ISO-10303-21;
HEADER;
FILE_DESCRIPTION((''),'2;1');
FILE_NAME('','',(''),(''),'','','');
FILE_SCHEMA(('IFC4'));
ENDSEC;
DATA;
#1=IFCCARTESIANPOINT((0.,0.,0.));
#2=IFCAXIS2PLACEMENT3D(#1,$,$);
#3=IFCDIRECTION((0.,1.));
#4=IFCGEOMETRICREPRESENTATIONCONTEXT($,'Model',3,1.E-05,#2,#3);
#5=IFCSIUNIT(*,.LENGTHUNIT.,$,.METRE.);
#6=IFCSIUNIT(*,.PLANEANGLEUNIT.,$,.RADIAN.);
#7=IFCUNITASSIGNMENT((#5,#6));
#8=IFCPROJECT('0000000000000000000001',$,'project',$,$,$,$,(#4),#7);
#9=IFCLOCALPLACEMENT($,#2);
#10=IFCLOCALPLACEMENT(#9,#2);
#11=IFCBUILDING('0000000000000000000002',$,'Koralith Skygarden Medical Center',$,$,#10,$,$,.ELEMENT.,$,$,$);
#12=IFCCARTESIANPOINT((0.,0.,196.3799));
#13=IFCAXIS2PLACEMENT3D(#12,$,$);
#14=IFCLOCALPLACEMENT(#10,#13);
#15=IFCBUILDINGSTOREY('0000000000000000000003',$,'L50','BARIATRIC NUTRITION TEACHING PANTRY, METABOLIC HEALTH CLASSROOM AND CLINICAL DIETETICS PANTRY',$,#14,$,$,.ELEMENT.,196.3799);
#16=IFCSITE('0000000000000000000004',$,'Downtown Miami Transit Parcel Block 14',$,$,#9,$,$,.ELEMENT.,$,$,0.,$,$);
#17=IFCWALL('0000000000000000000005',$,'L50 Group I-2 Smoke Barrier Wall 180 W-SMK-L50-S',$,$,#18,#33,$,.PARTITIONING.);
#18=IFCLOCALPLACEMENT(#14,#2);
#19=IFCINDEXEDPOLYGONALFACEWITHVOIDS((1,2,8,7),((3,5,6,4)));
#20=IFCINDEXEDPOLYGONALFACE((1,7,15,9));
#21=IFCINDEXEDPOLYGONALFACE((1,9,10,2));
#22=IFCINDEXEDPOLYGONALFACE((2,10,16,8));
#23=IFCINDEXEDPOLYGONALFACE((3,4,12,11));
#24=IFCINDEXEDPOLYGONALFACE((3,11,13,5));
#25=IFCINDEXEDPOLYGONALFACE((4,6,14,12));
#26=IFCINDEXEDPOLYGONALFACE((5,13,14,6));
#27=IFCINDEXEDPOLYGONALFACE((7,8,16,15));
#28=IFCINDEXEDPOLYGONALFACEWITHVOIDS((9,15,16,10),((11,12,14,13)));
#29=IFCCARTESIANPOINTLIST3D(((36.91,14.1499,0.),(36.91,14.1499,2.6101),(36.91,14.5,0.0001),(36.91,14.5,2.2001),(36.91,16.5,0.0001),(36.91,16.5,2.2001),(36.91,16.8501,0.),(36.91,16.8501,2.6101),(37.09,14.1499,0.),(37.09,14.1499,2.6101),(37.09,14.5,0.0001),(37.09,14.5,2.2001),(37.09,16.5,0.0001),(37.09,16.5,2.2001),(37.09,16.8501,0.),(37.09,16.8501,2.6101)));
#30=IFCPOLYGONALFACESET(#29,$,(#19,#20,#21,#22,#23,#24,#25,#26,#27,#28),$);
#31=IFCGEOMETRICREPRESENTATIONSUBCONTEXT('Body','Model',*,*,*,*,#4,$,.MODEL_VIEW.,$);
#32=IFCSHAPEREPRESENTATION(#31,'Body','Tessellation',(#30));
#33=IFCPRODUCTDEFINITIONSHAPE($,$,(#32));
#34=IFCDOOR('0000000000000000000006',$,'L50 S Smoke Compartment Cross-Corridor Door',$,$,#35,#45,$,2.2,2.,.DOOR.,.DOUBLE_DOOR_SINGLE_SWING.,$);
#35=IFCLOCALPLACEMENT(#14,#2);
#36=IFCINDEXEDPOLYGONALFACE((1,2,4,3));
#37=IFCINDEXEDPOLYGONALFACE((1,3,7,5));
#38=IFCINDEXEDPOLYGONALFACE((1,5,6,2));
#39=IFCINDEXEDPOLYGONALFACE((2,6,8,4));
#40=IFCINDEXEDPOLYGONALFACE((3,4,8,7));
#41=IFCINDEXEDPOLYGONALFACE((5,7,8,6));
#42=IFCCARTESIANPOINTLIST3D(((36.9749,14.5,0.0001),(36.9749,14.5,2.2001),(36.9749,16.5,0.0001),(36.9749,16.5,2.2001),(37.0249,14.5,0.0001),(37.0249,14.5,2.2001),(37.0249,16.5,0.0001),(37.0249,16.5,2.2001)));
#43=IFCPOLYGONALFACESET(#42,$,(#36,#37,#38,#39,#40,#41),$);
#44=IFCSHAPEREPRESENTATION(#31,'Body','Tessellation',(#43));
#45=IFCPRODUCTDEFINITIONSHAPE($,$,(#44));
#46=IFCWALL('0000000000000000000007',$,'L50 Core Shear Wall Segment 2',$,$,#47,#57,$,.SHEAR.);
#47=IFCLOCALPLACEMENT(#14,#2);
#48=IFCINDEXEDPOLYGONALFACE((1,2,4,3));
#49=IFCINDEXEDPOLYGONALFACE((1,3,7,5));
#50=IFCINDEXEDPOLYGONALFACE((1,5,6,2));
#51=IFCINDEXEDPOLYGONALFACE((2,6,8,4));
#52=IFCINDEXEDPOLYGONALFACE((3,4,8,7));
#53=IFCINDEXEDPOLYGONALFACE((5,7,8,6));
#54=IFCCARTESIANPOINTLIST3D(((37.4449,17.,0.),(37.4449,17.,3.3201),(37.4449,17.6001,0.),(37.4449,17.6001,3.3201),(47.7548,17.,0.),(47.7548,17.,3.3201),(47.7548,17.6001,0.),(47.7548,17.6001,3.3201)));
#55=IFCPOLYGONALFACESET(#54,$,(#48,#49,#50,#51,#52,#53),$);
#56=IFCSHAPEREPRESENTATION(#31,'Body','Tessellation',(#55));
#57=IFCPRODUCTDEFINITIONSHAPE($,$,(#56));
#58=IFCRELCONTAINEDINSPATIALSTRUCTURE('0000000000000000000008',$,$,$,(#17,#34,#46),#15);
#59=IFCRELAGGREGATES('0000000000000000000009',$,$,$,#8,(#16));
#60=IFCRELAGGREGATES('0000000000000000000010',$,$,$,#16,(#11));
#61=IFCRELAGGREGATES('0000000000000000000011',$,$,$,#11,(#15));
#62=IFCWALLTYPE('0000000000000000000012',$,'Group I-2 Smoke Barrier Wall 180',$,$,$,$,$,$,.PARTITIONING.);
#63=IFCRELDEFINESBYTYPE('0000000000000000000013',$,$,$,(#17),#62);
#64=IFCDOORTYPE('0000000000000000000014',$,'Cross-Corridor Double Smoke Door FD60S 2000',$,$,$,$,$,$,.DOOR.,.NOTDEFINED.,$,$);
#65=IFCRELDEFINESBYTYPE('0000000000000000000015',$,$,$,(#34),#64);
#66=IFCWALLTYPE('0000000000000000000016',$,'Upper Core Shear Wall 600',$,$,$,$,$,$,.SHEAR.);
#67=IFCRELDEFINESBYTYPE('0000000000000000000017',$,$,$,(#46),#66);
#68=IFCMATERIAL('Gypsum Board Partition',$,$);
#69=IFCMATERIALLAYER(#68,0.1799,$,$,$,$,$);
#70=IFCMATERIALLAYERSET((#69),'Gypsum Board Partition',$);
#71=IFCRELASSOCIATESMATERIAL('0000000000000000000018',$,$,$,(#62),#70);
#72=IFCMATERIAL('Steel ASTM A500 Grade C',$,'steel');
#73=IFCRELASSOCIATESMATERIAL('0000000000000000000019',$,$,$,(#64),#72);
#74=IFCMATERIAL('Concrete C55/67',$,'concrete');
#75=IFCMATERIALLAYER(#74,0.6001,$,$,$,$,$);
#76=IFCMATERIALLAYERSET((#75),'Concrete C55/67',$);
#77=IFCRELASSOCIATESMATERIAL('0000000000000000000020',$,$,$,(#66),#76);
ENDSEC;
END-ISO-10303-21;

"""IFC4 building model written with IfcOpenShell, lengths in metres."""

from ifc_helpers import new_model, si_unit, direction, frame, frame_2d, origin, place, context, subcontext, project, spatial, rectangle, extrude, material, layer, layer_set, type_object, element, fill, save


model = new_model("IFC4")

# Units and contexts
model_context = context("Model", 3, precision=1e-05, world=origin(), true_north=direction((0.0, 1.0)))
body_context = subcontext(model_context, "Body", "Model", "MODEL_VIEW")
ifc_project = project(units=[si_unit("LENGTHUNIT", "METRE"), si_unit("PLANEANGLEUNIT", "RADIAN")], contexts=[model_context])

# Site, building, storey
site_placement = place(None, origin())
site = spatial("IfcSite", under=ifc_project, at=site_placement, Name="Downtown Miami Transit Parcel Block 14", CompositionType="ELEMENT", RefElevation=0.0)
building_placement = place(site_placement, origin())
building = spatial("IfcBuilding", under=site, at=building_placement, Name="Koralith Skygarden Medical Center", CompositionType="ELEMENT")
storey_placement = place(building_placement, frame((0.0, 0.0, 196.3799)))
storey = spatial("IfcBuildingStorey", under=building, at=storey_placement, Name="L50", Description="BARIATRIC NUTRITION TEACHING PANTRY, METABOLIC HEALTH CLASSROOM AND CLINICAL DIETETICS PANTRY", CompositionType="ELEMENT", Elevation=196.3799)

# Shared definitions
ifc_material_1 = material(Name="Concrete C55/67", Category="concrete")

# Shared definitions
ifc_material_2 = material(Name="Gypsum Board Partition")

# Wall, opening, door
ifc_layer_1 = layer(ifc_material_2, 0.1799)
ifc_layer_set_1 = layer_set([ifc_layer_1], Name="Gypsum Board Partition")
wall_type_1 = type_object("IfcWallType", Name="Group I-2 Smoke Barrier Wall 180", PredefinedType="PARTITIONING", material=ifc_layer_set_1)
wall_1_placement = place(storey_placement, frame((37.0, 14.1499, 0.0), z_axis=(0.0, 0.0, 1.0), x_axis=(0.0, 1.0, 0.0)))
wall_1 = element("IfcWall", 1, at=wall_1_placement, inside=storey, type_object=wall_type_1, Name="L50 Group I-2 Smoke Barrier Wall 180 W-SMK-L50-S", PredefinedType="PARTITIONING", context=body_context, shape_type="SweptSolid", body=[
    extrude(rectangle(XDim=2.7002, YDim=0.1799, at=frame_2d((1.3501, 0.0))), origin(), (0.0, 0.0, 1.0), 2.6101),
])
opening_1_placement = place(wall_1_placement, frame((0.3501, 0.0, 0.0)))
opening_1 = element("IfcOpeningElement", 2, at=opening_1_placement, cuts=wall_1, PredefinedType="OPENING", context=body_context, shape_type="SweptSolid", body=[
    extrude(rectangle(XDim=2.0, YDim=2.2, at=frame_2d((1.0, 1.1001))), frame((0.0, 0.0999, 0.0), z_axis=(0.0, -1.0, 0.0), x_axis=(1.0, 0.0, 0.0)), (0.0, 0.0, 1.0), 0.2),
])
ifc_material_3 = material(Name="Steel ASTM A500 Grade C", Category="steel")
door_type_1 = type_object("IfcDoorType", Name="Cross-Corridor Double Smoke Door FD60S 2000", OperationType="NOTDEFINED", PredefinedType="DOOR", material=ifc_material_3)
door_1_placement = place(opening_1_placement, frame((2.0, 0.0, 0.0), z_axis=(0.0, 0.0, 1.0), x_axis=(-1.0, 0.0, 0.0)))
door_1 = element("IfcDoor", 3, at=door_1_placement, inside=storey, type_object=door_type_1, Name="L50 S Smoke Compartment Cross-Corridor Door", OperationType="DOUBLE_DOOR_SINGLE_SWING", OverallHeight=2.2, OverallWidth=2.0, PredefinedType="DOOR", context=body_context, shape_type="SweptSolid", body=[
    extrude(rectangle(XDim=2.0, YDim=2.2, at=frame_2d((1.0, 1.1001))), frame((0.0, 0.0249, 0.0), z_axis=(0.0, -1.0, 0.0), x_axis=(1.0, 0.0, 0.0)), (0.0, 0.0, 1.0), 0.05),
])
fill(opening_1, door_1)

# Wall
ifc_layer_2 = layer(ifc_material_1, 0.6001)
ifc_layer_set_2 = layer_set([ifc_layer_2], Name="Concrete C55/67")
wall_type_2 = type_object("IfcWallType", Name="Upper Core Shear Wall 600", PredefinedType="SHEAR", material=ifc_layer_set_2)
wall_2_placement = place(storey_placement, frame((37.4451, 17.3, 0.0), z_axis=(0.0, 0.0, 1.0), x_axis=(1.0, 0.0, 0.0)))
element("IfcWall", 4, at=wall_2_placement, inside=storey, type_object=wall_type_2, Name="L50 Core Shear Wall Segment 2", PredefinedType="SHEAR", context=body_context, shape_type="SweptSolid", body=[
    extrude(rectangle(XDim=10.3098, YDim=0.6001, at=frame_2d((5.1548, 0.0))), origin(), (0.0, 0.0, 1.0), 3.3201),
])

save(model, "model.ifc")
